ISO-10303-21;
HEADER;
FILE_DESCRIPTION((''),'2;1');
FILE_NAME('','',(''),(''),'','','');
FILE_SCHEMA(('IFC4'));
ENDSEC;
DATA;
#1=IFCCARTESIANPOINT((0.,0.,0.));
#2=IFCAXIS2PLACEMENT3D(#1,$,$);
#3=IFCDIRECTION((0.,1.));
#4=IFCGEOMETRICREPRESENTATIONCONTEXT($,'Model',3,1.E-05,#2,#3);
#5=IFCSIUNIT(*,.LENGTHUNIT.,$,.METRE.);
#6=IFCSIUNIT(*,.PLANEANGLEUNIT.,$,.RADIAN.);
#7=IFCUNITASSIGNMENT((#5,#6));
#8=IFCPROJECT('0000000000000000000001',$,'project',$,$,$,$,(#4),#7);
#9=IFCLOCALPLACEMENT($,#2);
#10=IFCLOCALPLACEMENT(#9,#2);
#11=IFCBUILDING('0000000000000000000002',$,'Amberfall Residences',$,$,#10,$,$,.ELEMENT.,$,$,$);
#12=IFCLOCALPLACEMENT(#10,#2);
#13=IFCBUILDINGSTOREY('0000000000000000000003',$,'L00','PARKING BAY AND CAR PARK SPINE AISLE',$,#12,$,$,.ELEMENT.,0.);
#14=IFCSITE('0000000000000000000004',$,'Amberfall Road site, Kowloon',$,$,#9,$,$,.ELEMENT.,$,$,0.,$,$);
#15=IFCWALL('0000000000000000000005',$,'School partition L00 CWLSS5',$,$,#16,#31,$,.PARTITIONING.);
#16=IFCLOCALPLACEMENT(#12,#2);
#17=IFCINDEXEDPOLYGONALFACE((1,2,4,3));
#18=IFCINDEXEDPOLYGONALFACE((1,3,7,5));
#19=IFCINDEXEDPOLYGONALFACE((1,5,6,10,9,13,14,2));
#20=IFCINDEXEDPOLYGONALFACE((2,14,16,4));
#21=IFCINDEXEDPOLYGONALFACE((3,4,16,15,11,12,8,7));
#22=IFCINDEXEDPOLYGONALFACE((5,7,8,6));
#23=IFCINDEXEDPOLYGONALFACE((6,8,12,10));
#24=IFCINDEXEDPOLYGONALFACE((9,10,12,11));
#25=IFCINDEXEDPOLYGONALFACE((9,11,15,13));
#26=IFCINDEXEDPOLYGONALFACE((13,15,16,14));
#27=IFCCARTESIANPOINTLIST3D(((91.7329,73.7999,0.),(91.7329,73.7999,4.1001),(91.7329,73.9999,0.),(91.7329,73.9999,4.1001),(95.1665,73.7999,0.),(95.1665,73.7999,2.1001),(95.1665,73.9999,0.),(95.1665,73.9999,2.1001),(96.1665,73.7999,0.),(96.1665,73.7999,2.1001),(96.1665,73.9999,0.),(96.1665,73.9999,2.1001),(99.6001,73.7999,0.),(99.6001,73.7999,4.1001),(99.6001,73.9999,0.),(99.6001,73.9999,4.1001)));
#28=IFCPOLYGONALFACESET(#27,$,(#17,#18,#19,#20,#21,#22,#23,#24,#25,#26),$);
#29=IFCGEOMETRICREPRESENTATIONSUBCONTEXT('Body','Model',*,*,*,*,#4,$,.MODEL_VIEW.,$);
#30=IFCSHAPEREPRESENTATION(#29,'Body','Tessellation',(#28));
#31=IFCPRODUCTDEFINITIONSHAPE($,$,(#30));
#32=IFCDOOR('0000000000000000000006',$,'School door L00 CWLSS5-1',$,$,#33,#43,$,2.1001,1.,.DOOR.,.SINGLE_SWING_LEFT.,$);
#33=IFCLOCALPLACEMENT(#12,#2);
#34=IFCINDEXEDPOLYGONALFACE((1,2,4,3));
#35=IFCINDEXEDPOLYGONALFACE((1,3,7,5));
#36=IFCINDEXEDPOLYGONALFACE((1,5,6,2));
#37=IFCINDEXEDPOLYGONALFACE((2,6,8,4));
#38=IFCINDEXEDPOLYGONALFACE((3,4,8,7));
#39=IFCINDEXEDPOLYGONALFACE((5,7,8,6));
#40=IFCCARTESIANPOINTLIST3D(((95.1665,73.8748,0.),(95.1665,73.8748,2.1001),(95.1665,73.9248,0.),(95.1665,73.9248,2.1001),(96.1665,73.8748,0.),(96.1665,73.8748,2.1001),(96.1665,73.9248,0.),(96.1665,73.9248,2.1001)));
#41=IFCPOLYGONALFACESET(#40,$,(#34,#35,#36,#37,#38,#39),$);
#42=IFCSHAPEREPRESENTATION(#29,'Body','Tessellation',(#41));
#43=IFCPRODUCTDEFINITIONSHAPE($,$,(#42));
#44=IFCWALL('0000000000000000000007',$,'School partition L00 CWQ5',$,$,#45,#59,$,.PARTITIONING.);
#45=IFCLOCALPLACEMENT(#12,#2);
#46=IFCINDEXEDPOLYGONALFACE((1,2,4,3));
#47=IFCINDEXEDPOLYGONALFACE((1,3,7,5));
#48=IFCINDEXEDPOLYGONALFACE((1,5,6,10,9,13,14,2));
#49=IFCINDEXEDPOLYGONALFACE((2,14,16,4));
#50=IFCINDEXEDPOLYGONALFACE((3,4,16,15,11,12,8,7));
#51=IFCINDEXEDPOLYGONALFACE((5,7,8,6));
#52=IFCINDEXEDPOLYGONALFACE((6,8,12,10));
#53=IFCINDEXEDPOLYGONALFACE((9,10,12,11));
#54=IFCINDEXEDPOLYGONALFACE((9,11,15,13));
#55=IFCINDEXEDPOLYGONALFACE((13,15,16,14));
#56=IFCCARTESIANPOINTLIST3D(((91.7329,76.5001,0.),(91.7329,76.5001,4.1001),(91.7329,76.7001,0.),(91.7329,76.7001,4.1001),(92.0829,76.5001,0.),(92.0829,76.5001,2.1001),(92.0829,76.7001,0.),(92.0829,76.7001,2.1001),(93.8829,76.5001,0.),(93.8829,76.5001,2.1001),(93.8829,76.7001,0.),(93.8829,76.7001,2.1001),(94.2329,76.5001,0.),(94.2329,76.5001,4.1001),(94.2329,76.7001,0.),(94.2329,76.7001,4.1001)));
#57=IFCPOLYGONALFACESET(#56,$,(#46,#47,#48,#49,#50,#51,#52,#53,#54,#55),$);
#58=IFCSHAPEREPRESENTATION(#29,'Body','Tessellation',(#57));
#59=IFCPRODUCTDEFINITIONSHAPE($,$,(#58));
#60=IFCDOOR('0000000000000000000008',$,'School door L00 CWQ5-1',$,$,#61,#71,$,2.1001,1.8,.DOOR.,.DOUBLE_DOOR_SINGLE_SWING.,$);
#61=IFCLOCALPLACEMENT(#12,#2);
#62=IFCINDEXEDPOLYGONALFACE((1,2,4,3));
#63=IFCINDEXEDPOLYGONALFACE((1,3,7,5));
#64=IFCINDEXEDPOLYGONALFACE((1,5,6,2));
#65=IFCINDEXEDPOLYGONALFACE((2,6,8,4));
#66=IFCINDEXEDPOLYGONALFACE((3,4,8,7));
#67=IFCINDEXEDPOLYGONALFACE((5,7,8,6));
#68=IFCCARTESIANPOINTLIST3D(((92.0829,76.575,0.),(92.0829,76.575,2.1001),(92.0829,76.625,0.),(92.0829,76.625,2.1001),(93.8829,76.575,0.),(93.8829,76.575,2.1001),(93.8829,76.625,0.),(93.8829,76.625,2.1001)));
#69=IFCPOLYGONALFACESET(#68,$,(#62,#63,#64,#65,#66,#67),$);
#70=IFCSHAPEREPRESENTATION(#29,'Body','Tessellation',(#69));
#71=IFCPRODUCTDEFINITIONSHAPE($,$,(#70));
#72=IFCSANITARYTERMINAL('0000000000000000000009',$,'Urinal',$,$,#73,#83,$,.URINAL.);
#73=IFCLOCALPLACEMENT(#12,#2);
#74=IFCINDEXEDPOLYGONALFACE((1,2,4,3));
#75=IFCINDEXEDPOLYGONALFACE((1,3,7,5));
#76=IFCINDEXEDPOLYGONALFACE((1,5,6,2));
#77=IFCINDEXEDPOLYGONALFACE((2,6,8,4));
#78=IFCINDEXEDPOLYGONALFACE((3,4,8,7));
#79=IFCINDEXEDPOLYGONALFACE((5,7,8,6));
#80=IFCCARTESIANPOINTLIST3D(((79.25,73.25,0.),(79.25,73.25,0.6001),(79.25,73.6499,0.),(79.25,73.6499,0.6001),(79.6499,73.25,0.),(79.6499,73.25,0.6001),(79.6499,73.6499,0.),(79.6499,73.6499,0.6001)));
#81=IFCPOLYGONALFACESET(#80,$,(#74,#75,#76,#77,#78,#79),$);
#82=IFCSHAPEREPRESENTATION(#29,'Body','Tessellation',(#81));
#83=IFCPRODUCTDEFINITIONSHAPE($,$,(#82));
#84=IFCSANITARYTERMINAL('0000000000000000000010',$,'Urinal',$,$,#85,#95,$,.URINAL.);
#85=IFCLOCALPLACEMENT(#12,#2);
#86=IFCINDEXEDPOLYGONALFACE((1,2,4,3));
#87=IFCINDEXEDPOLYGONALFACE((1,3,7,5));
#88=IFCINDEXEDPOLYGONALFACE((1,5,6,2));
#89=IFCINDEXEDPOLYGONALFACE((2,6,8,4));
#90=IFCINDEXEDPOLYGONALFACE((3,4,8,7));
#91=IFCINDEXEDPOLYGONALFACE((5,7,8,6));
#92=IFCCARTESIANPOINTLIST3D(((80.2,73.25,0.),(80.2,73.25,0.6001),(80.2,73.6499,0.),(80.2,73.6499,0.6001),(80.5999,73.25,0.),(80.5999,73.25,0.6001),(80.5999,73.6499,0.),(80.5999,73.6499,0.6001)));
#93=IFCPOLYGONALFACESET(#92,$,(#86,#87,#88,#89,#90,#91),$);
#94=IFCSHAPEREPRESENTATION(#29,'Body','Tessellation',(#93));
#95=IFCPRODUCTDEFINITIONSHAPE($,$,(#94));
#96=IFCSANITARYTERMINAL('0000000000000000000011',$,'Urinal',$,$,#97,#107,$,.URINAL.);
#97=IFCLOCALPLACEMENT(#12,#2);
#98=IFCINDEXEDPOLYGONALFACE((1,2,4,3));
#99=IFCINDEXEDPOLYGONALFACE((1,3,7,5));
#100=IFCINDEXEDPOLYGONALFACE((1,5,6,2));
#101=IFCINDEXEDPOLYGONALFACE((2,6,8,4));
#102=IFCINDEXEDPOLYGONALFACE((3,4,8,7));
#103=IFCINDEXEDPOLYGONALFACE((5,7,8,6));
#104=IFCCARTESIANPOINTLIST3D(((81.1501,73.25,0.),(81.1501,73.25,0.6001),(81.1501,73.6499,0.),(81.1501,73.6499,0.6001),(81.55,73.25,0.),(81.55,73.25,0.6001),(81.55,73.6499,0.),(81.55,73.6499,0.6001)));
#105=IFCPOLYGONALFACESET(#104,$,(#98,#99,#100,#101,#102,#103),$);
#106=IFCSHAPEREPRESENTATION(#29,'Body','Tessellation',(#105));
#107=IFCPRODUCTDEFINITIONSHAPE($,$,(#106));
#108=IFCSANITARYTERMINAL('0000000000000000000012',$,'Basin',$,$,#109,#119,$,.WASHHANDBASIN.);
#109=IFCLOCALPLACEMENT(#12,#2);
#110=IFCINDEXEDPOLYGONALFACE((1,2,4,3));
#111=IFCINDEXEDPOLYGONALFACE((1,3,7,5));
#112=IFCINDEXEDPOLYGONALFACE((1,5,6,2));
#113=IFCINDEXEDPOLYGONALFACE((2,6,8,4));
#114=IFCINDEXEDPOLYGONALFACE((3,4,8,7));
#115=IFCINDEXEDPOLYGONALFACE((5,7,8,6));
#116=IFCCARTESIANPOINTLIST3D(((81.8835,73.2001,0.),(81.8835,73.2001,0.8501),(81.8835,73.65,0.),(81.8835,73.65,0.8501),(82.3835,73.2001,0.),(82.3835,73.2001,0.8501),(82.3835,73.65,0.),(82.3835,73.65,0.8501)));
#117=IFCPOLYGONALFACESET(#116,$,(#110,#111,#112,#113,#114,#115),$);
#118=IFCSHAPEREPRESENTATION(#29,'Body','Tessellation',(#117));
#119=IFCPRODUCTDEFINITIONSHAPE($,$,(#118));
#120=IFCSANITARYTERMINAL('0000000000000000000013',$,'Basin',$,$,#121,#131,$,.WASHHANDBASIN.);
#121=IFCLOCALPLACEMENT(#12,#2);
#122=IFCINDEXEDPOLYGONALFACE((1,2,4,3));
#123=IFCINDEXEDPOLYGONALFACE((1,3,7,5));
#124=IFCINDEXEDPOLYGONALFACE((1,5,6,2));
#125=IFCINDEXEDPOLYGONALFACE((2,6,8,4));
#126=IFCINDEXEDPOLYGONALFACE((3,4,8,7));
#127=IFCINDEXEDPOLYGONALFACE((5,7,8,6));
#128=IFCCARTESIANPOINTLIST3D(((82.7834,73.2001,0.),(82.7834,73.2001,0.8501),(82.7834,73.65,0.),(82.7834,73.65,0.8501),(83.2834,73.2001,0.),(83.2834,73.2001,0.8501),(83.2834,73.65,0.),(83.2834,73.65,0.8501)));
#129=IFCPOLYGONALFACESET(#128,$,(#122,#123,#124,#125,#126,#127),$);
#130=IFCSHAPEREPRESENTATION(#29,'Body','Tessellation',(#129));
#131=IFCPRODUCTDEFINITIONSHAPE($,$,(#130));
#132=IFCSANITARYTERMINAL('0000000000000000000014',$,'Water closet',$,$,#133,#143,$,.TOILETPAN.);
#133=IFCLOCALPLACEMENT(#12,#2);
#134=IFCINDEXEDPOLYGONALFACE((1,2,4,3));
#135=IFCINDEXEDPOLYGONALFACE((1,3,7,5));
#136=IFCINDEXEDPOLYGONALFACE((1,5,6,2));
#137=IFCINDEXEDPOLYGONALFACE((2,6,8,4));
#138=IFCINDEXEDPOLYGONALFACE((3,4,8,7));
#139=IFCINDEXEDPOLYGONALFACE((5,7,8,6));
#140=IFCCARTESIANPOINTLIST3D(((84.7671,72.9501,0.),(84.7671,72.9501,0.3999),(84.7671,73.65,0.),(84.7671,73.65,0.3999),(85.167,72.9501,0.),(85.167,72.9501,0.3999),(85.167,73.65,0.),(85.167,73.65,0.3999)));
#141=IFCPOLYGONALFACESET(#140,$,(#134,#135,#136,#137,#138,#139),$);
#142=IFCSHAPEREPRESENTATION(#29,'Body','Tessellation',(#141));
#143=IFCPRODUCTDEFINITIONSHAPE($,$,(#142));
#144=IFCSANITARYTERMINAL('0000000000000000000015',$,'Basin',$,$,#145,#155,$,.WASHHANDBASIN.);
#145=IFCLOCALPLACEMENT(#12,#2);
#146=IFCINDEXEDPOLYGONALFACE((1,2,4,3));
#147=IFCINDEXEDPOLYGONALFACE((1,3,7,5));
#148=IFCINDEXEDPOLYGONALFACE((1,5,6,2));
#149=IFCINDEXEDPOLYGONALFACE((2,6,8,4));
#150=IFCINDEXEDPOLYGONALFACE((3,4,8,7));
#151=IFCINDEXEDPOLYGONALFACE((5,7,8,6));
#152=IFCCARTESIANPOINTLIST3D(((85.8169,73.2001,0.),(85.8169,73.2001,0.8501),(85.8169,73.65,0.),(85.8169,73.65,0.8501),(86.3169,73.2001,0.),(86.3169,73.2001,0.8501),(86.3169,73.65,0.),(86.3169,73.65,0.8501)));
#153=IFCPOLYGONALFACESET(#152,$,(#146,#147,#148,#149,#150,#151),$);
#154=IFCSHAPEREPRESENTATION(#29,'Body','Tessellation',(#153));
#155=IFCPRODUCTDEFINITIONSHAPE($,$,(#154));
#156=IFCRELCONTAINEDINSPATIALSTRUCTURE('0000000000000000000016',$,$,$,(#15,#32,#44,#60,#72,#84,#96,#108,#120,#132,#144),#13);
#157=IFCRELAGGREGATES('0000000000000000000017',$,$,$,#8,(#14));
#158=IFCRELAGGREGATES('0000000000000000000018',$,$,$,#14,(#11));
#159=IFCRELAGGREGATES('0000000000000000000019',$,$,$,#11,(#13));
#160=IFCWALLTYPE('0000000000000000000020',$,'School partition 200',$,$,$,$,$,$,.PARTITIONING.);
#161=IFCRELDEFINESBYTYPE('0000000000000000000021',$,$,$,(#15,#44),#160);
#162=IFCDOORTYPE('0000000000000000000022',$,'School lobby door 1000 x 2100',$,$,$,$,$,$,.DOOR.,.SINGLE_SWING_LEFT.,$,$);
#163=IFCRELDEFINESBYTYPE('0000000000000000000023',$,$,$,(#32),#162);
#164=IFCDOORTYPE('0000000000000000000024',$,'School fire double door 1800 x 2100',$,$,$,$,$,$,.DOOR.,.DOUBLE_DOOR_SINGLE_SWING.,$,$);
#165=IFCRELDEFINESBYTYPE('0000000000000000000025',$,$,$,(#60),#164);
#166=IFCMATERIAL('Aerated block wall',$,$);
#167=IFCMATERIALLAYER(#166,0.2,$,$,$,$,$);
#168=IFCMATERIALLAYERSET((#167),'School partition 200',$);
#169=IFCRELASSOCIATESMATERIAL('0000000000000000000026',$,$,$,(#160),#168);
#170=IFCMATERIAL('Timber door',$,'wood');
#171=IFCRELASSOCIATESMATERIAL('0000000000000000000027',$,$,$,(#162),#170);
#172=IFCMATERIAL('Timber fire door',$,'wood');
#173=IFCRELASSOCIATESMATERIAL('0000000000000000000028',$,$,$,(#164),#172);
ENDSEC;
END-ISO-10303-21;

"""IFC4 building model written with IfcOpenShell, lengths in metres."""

from ifc_helpers import new_model, si_unit, direction, frame, frame_2d, origin, origin_2d, place, context, subcontext, project, spatial, rectangle, extrude, material, layer, layer_set, type_object, element, fill, save


model = new_model("IFC4")

# Units and contexts
model_context = context("Model", 3, precision=1e-05, world=origin(), true_north=direction((0.0, 1.0)))
body_context = subcontext(model_context, "Body", "Model", "MODEL_VIEW")
ifc_project = project(units=[si_unit("LENGTHUNIT", "METRE"), si_unit("PLANEANGLEUNIT", "RADIAN")], contexts=[model_context])

# Site, building, storey
site_placement = place(None, origin())
site = spatial("IfcSite", under=ifc_project, at=site_placement, Name="Amberfall Road site, Kowloon", CompositionType="ELEMENT", RefElevation=0.0)
building_placement = place(site_placement, origin())
building = spatial("IfcBuilding", under=site, at=building_placement, Name="Amberfall Residences", CompositionType="ELEMENT")
storey_placement = place(building_placement, origin())
storey = spatial("IfcBuildingStorey", under=building, at=storey_placement, Name="L00", Description="PARKING BAY AND CAR PARK SPINE AISLE", CompositionType="ELEMENT", Elevation=0.0)

# Shared definitions
ifc_material_1 = material(Name="Aerated block wall")
ifc_material_2 = material(Name="Timber door", Category="wood")

# Shared definitions
ifc_layer_1 = layer(ifc_material_1, 0.2)
ifc_layer_set_1 = layer_set([ifc_layer_1], Name="School partition 200")
wall_type_1 = type_object("IfcWallType", Name="School partition 200", PredefinedType="PARTITIONING", material=ifc_layer_set_1)

# Walls, openings, doors
wall_1_placement = place(storey_placement, frame((91.7329, 73.8999, 0.0), z_axis=(0.0, 0.0, 1.0), x_axis=(1.0, 0.0, 0.0)))
wall_1 = element("IfcWall", 1, at=wall_1_placement, inside=storey, type_object=wall_type_1, Name="School partition L00 CWLSS5", PredefinedType="PARTITIONING", context=body_context, shape_type="SweptSolid", body=[
    extrude(rectangle(XDim=7.8672, YDim=0.2, at=frame_2d((3.9336, 0.0))), origin(), (0.0, 0.0, 1.0), 4.1001),
])
opening_1_placement = place(wall_1_placement, frame((3.4336, 0.0, 0.0)))
opening_1 = element("IfcOpeningElement", 2, at=opening_1_placement, cuts=wall_1, PredefinedType="OPENING", context=body_context, shape_type="SweptSolid", body=[
    extrude(rectangle(XDim=1.0, YDim=2.1001, at=frame_2d((0.5, 1.05))), frame((0.0, 0.1099, 0.0), z_axis=(0.0, -1.0, 0.0), x_axis=(1.0, 0.0, 0.0)), (0.0, 0.0, 1.0), 0.22),
])
door_type_1 = type_object("IfcDoorType", Name="School lobby door 1000 x 2100", OperationType="SINGLE_SWING_LEFT", PredefinedType="DOOR", material=ifc_material_2)
door_1_placement = place(opening_1_placement, origin())
door_1 = element("IfcDoor", 3, at=door_1_placement, inside=storey, type_object=door_type_1, Name="School door L00 CWLSS5-1", OperationType="SINGLE_SWING_LEFT", OverallHeight=2.1001, OverallWidth=1.0, PredefinedType="DOOR", context=body_context, shape_type="SweptSolid", body=[
    extrude(rectangle(XDim=1.0, YDim=2.1001, at=frame_2d((0.5, 1.05))), frame((0.0, 0.0249, 0.0), z_axis=(0.0, -1.0, 0.0), x_axis=(1.0, 0.0, 0.0)), (0.0, 0.0, 1.0), 0.05),
])
fill(opening_1, door_1)
wall_2_placement = place(storey_placement, frame((91.7329, 76.6001, 0.0), z_axis=(0.0, 0.0, 1.0), x_axis=(1.0, 0.0, 0.0)))
wall_2 = element("IfcWall", 4, at=wall_2_placement, inside=storey, type_object=wall_type_1, Name="School partition L00 CWQ5", PredefinedType="PARTITIONING", context=body_context, shape_type="SweptSolid", body=[
    extrude(rectangle(XDim=2.5, YDim=0.2, at=frame_2d((1.25, 0.0))), origin(), (0.0, 0.0, 1.0), 4.1001),
])
opening_2_placement = place(wall_2_placement, frame((0.3501, 0.0, 0.0)))
opening_2 = element("IfcOpeningElement", 5, at=opening_2_placement, cuts=wall_2, PredefinedType="OPENING", context=body_context, shape_type="SweptSolid", body=[
    extrude(rectangle(XDim=1.8, YDim=2.1001, at=frame_2d((0.8999, 1.05))), frame((0.0, 0.1099, 0.0), z_axis=(0.0, -1.0, 0.0), x_axis=(1.0, 0.0, 0.0)), (0.0, 0.0, 1.0), 0.22),
])
ifc_material_3 = material(Name="Timber fire door", Category="wood")
door_type_2 = type_object("IfcDoorType", Name="School fire double door 1800 x 2100", OperationType="DOUBLE_DOOR_SINGLE_SWING", PredefinedType="DOOR", material=ifc_material_3)
door_2_placement = place(opening_2_placement, origin())
door_2 = element("IfcDoor", 6, at=door_2_placement, inside=storey, type_object=door_type_2, Name="School door L00 CWQ5-1", OperationType="DOUBLE_DOOR_SINGLE_SWING", OverallHeight=2.1001, OverallWidth=1.8, PredefinedType="DOOR", context=body_context, shape_type="SweptSolid", body=[
    extrude(rectangle(XDim=1.8, YDim=2.1001, at=frame_2d((0.8999, 1.05))), frame((0.0, 0.0249, 0.0), z_axis=(0.0, -1.0, 0.0), x_axis=(1.0, 0.0, 0.0)), (0.0, 0.0, 1.0), 0.05),
])
fill(opening_2, door_2)

# Sanitary terminals
for number, where, z_axis, x_axis, name in (
    (7, (79.45, 73.45, 0.0), (0.0, 0.0, 1.0), (1.0, 0.0, 0.0), "Urinal"),
    (8, (80.3999, 73.45, 0.0), (0.0, 0.0, 1.0), (1.0, 0.0, 0.0), "Urinal"),
    (9, (81.3501, 73.45, 0.0), (0.0, 0.0, 1.0), (1.0, 0.0, 0.0), "Urinal"),
):
    element("IfcSanitaryTerminal", number, at=place(storey_placement, frame(where, z_axis=z_axis, x_axis=x_axis)), inside=storey, Name=name, PredefinedType="URINAL", context=body_context, shape_type="SweptSolid", body=[
        extrude(rectangle(XDim=0.3999, YDim=0.3999, at=origin_2d()), origin(), (0.0, 0.0, 1.0), 0.6001),
    ])
for number, where, z_axis, x_axis, name in (
    (10, (82.1335, 73.425, 0.0), (0.0, 0.0, 1.0), (1.0, 0.0, 0.0), "Basin"),
    (11, (83.0334, 73.425, 0.0), (0.0, 0.0, 1.0), (1.0, 0.0, 0.0), "Basin"),
):
    element("IfcSanitaryTerminal", number, at=place(storey_placement, frame(where, z_axis=z_axis, x_axis=x_axis)), inside=storey, Name=name, PredefinedType="WASHHANDBASIN", context=body_context, shape_type="SweptSolid", body=[
        extrude(rectangle(XDim=0.5, YDim=0.45, at=origin_2d()), origin(), (0.0, 0.0, 1.0), 0.8501),
    ])
sanitary_terminal_1_placement = place(storey_placement, frame((84.967, 73.3, 0.0), z_axis=(0.0, 0.0, 1.0), x_axis=(1.0, 0.0, 0.0)))
element("IfcSanitaryTerminal", 12, at=sanitary_terminal_1_placement, inside=storey, Name="Water closet", PredefinedType="TOILETPAN", context=body_context, shape_type="SweptSolid", body=[
    extrude(rectangle(XDim=0.3999, YDim=0.7, at=origin_2d()), origin(), (0.0, 0.0, 1.0), 0.3999),
])
sanitary_terminal_2_placement = place(storey_placement, frame((86.0669, 73.425, 0.0), z_axis=(0.0, 0.0, 1.0), x_axis=(1.0, 0.0, 0.0)))
element("IfcSanitaryTerminal", 13, at=sanitary_terminal_2_placement, inside=storey, Name="Basin", PredefinedType="WASHHANDBASIN", context=body_context, shape_type="SweptSolid", body=[
    extrude(rectangle(XDim=0.5, YDim=0.45, at=origin_2d()), origin(), (0.0, 0.0, 1.0), 0.8501),
])

save(model, "model.ifc")
